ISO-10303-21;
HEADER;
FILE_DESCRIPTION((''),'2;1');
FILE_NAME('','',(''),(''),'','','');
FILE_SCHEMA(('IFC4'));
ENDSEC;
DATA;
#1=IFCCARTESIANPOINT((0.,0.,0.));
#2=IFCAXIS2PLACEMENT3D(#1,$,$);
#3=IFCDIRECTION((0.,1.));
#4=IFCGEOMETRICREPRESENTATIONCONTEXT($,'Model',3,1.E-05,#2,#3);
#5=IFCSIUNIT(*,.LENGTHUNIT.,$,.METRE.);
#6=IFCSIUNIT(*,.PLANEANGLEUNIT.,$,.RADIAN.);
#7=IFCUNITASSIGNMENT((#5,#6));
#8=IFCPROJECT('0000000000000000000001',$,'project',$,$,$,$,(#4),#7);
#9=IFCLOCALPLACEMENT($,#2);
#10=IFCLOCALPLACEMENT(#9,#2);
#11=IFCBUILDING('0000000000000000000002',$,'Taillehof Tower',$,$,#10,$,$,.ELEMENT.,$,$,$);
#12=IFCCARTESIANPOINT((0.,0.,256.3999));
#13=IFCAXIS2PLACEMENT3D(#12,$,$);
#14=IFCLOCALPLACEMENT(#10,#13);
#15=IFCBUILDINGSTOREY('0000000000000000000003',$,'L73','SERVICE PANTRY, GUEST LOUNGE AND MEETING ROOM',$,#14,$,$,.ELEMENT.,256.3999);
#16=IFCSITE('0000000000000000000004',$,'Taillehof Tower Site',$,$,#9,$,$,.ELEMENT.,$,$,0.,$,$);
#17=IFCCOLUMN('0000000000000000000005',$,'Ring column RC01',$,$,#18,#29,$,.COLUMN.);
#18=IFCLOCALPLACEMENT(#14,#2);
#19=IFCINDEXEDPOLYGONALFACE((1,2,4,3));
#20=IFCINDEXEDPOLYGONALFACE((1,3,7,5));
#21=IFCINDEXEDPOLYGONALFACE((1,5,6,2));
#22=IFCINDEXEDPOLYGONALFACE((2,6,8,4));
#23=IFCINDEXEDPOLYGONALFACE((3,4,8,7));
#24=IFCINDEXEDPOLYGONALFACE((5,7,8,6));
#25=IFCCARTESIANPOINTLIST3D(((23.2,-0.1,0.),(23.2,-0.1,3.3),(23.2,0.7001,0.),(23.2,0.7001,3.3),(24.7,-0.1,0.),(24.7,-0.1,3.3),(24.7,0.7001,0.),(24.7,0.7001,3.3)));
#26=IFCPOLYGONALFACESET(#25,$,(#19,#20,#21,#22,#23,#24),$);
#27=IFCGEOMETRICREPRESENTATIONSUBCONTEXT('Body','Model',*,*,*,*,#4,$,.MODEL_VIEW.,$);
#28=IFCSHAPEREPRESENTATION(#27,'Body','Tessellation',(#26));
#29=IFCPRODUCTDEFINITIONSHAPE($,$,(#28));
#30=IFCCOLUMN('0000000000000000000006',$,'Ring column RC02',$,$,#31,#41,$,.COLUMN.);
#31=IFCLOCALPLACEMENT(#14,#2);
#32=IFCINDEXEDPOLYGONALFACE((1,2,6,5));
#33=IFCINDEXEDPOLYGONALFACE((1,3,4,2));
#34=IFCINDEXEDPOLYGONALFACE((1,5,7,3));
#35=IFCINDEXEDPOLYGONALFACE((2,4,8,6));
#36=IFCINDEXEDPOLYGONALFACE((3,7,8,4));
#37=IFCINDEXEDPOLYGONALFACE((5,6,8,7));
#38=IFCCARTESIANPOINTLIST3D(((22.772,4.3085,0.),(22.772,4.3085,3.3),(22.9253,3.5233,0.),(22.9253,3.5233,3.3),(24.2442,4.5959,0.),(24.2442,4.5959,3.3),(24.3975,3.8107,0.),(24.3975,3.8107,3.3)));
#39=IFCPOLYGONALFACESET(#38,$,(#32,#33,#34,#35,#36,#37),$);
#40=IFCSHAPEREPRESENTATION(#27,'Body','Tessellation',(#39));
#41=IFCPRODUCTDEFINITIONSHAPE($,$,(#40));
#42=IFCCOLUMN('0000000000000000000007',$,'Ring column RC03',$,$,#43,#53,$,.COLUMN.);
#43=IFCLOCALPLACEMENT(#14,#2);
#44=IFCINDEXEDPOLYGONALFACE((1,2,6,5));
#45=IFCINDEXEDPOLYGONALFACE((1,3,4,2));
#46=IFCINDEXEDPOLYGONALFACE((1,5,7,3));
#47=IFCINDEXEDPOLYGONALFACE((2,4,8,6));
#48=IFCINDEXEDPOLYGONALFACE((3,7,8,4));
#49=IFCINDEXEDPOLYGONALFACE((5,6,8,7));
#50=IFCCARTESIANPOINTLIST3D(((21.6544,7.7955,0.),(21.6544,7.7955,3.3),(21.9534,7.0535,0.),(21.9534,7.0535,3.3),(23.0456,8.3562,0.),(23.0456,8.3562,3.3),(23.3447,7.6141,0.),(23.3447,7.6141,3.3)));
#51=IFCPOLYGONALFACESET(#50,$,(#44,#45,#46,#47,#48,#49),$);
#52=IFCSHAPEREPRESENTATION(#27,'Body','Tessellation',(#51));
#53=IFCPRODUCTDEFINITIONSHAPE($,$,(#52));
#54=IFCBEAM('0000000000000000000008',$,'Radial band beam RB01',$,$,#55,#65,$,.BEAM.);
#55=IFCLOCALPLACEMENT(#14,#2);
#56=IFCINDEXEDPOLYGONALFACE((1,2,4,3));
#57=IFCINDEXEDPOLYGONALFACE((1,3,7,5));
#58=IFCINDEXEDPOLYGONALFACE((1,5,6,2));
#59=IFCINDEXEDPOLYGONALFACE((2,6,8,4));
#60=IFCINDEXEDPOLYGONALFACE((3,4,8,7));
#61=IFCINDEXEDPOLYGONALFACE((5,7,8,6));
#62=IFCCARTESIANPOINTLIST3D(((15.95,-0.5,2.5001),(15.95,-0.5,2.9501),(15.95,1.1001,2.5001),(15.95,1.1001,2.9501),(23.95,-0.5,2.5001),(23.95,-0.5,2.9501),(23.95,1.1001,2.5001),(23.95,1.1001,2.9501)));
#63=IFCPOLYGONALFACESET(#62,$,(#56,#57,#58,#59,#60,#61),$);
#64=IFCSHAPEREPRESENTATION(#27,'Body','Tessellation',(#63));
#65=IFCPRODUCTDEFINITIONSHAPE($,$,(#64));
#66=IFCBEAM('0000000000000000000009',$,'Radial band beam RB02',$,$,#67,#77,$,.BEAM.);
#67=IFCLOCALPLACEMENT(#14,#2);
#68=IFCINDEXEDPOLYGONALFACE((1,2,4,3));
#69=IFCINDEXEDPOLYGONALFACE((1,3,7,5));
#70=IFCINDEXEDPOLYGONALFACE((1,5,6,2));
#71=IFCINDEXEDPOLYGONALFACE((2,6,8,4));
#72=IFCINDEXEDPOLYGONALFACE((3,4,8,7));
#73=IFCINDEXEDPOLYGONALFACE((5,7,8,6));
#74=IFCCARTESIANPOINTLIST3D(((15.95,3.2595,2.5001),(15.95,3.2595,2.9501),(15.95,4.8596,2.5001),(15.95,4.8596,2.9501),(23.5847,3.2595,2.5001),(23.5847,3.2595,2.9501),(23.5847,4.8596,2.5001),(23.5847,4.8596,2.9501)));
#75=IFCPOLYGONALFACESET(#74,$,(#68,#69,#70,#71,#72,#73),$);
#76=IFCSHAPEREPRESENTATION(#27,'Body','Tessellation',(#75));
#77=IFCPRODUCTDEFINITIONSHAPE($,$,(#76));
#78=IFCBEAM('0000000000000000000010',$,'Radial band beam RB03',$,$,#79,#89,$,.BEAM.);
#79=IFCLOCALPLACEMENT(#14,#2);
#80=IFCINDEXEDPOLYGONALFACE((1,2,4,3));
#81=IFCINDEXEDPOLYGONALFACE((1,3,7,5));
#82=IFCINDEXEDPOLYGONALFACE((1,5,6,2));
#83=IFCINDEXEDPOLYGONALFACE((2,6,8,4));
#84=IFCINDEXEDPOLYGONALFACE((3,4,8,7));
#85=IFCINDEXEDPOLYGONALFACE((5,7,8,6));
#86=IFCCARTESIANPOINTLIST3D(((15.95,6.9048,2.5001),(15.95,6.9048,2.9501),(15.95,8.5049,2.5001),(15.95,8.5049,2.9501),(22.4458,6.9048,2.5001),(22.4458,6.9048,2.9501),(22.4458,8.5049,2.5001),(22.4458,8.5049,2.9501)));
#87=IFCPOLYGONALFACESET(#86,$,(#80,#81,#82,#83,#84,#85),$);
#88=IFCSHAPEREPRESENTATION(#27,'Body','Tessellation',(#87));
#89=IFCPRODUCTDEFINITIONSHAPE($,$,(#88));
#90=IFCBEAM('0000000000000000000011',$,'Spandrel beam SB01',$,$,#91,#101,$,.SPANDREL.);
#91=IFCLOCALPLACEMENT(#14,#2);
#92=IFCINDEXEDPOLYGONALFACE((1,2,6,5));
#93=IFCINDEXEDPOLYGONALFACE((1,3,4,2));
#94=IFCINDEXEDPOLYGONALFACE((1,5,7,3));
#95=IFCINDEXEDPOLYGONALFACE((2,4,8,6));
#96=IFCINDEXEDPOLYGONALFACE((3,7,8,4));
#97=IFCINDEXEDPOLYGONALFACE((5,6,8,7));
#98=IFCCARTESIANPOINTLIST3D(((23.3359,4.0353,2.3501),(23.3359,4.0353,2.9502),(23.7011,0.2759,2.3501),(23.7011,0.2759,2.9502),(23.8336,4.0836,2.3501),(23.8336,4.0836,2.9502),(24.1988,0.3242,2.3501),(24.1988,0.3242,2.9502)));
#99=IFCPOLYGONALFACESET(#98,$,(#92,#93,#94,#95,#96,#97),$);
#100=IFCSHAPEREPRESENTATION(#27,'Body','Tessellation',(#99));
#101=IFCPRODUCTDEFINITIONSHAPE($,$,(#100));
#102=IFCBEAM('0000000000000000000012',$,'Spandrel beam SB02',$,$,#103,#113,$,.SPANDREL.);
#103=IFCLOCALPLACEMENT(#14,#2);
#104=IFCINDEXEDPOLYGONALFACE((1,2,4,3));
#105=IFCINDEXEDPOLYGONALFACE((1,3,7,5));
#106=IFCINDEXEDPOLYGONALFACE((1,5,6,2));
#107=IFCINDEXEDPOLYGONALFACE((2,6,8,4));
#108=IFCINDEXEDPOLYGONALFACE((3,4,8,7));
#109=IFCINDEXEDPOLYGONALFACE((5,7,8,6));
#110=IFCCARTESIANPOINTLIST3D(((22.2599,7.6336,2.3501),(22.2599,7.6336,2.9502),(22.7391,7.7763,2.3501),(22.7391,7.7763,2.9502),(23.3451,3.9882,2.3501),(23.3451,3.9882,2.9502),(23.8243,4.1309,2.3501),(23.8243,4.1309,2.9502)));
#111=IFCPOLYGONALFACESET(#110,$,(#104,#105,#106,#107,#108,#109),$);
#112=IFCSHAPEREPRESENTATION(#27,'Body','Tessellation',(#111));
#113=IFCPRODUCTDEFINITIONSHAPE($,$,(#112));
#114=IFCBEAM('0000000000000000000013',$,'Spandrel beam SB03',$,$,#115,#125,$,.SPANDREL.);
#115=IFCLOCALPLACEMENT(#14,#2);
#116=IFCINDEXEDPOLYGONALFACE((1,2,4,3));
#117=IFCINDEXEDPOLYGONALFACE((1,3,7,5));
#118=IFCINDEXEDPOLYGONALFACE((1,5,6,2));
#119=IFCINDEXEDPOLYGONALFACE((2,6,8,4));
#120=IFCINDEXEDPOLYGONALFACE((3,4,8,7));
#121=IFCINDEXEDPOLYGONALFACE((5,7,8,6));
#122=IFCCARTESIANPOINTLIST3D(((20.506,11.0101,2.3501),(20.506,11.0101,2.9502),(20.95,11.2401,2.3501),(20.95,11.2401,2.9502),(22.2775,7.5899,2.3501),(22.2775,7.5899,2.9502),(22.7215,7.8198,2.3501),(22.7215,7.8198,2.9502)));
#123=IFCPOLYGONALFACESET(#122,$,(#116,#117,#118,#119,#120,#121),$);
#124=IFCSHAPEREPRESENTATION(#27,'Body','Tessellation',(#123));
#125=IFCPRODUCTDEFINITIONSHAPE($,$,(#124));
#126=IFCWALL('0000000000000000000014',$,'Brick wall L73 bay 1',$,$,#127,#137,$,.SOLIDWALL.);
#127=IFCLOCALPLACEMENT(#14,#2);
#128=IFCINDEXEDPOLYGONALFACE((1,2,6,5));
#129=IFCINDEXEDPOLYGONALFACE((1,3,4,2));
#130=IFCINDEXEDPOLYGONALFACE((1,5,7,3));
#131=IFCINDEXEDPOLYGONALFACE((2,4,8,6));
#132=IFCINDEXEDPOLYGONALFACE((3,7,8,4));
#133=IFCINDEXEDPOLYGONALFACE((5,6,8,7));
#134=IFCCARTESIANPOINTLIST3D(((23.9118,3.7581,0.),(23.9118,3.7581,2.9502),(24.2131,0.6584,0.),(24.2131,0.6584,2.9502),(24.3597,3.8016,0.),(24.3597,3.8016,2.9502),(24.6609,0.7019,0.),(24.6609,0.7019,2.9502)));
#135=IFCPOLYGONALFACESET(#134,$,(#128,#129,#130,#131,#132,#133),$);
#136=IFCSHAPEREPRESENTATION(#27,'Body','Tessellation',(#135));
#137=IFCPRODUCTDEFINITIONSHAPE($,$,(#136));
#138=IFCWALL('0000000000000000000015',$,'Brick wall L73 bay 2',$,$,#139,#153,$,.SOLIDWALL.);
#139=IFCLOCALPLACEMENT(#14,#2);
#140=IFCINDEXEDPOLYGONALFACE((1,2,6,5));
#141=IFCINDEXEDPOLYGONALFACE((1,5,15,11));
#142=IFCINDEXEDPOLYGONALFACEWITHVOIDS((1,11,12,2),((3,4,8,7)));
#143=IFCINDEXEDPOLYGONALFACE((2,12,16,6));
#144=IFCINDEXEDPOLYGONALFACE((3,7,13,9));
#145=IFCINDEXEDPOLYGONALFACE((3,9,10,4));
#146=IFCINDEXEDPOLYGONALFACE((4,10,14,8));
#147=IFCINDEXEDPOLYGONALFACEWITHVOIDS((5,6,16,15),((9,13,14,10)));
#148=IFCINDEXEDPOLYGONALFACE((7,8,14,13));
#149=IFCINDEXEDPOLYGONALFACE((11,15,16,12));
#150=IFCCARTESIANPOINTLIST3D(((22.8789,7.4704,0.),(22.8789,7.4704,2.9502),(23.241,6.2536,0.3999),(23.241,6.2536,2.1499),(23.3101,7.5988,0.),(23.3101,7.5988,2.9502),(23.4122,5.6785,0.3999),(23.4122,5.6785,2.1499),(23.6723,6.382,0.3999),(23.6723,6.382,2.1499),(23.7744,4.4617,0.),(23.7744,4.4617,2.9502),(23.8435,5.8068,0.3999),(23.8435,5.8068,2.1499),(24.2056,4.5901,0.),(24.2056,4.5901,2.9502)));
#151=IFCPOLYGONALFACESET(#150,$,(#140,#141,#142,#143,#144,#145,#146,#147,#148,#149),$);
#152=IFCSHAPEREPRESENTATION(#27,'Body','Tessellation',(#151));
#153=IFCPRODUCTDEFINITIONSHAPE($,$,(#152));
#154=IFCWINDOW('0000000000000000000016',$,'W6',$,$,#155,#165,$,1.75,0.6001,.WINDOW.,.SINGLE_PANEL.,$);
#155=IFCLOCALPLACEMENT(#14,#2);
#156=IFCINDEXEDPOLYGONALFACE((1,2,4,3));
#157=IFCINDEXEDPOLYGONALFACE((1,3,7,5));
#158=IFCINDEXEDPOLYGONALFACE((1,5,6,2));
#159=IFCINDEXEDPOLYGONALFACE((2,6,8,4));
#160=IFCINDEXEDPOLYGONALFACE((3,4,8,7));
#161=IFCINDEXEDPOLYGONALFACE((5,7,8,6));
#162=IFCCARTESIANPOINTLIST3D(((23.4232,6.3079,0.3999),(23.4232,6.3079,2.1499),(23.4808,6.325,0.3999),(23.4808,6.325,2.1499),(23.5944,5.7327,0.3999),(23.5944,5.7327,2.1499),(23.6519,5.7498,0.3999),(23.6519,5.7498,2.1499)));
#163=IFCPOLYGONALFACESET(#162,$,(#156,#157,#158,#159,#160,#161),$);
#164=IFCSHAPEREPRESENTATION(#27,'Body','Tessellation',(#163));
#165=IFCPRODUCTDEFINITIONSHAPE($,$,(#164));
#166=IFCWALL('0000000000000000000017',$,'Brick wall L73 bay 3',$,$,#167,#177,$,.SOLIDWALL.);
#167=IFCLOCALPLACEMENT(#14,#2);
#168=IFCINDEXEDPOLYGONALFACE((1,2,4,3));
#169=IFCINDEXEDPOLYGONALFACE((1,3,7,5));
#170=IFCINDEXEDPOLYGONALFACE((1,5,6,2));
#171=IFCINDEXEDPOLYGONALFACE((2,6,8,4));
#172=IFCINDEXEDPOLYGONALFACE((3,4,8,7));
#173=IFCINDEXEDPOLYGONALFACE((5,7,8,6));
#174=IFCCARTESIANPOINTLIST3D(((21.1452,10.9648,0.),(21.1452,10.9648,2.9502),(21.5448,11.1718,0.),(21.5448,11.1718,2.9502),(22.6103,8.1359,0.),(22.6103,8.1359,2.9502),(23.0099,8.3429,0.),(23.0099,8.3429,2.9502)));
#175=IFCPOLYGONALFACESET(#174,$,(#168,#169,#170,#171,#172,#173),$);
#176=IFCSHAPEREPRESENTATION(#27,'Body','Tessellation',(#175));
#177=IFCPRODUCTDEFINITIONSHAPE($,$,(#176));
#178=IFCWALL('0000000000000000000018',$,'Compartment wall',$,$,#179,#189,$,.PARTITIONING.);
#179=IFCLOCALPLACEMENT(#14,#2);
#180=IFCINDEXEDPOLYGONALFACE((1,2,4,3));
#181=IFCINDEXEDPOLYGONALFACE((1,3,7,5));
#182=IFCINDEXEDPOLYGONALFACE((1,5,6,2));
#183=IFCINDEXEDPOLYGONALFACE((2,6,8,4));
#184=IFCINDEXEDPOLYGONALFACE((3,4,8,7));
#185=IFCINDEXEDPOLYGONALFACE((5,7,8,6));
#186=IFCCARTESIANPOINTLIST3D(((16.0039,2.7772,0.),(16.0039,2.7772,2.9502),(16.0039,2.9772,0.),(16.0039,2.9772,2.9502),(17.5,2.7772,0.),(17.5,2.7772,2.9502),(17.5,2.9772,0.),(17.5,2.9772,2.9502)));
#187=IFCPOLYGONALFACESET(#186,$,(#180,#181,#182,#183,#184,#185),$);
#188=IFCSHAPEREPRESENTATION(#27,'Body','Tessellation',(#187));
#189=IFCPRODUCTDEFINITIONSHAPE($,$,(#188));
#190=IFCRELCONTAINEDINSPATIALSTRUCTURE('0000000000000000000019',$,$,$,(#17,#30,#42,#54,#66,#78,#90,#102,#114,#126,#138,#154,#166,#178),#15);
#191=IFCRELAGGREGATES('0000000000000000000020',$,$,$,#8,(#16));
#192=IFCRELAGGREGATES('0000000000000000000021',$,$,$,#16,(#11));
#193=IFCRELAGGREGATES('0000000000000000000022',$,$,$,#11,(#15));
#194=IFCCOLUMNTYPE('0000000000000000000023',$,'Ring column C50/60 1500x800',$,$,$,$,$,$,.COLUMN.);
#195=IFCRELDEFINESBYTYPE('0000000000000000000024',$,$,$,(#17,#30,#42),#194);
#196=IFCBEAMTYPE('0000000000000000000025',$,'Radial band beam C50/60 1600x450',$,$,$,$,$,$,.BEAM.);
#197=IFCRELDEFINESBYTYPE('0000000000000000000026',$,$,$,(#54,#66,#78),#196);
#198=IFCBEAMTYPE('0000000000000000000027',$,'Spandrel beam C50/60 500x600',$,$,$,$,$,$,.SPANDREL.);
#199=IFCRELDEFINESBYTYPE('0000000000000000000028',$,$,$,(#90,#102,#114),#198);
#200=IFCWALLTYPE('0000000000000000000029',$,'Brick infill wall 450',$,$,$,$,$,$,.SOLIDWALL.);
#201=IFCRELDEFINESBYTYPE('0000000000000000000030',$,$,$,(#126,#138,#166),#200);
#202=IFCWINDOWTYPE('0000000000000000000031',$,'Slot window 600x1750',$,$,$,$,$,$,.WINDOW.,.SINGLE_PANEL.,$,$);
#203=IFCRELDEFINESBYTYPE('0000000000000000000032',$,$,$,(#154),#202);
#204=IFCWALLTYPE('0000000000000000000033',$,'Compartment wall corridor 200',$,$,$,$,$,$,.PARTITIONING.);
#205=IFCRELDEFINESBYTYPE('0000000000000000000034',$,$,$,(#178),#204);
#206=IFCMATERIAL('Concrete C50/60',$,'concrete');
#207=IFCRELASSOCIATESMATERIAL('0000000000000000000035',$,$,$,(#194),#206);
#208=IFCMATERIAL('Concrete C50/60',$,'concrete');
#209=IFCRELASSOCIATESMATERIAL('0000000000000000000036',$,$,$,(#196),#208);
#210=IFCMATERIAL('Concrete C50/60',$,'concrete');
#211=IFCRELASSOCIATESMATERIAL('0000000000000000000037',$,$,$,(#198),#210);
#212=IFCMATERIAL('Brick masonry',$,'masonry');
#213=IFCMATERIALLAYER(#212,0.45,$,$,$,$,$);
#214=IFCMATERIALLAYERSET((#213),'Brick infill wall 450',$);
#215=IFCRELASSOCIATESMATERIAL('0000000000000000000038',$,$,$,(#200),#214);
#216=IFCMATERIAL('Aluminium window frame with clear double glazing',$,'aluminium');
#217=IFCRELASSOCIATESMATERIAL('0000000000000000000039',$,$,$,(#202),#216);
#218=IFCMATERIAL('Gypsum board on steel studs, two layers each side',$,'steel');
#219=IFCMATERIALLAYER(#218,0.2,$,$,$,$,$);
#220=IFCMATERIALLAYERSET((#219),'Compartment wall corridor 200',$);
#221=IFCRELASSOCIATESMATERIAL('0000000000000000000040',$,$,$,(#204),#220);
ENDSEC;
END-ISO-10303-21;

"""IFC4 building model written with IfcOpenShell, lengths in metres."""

from ifc_helpers import new_model, si_unit, direction, frame, frame_2d, origin, origin_2d, place, context, subcontext, project, spatial, rectangle, extrude, material, layer, layer_set, material_profile, profile_set, type_object, element, fill, save


model = new_model("IFC4")

# Units and contexts
model_context = context("Model", 3, precision=1e-05, world=origin(), true_north=direction((0.0, 1.0)))
body_context = subcontext(model_context, "Body", "Model", "MODEL_VIEW")
ifc_project = project(units=[si_unit("LENGTHUNIT", "METRE"), si_unit("PLANEANGLEUNIT", "RADIAN")], contexts=[model_context])

# Site, building, storey
site_placement = place(None, origin())
site = spatial("IfcSite", under=ifc_project, at=site_placement, Name="Taillehof Tower Site", CompositionType="ELEMENT", RefElevation=0.0)
building_placement = place(site_placement, origin())
building = spatial("IfcBuilding", under=site, at=building_placement, Name="Taillehof Tower", CompositionType="ELEMENT")
storey_placement = place(building_placement, frame((0.0, 0.0, 256.3999)))
storey = spatial("IfcBuildingStorey", under=building, at=storey_placement, Name="L73", Description="SERVICE PANTRY, GUEST LOUNGE AND MEETING ROOM", CompositionType="ELEMENT", Elevation=256.3999)

# Columns
ifc_material_1 = material(Name="Concrete C50/60", Category="concrete")
ifc_material_profile_1 = material_profile(ifc_material_1, rectangle(XDim=1.5, YDim=0.8, at=origin_2d()), Name="RC 1500x800")
ifc_profile_set_1 = profile_set([ifc_material_profile_1], Name="Concrete C50/60")
column_type = type_object("IfcColumnType", Name="Ring column C50/60 1500x800", PredefinedType="COLUMN", material=ifc_profile_set_1)
for number, where, z_axis, x_axis, name in (
    (1, (23.95, 0.3, 0.0), (0.0, 0.0, 1.0), (1.0, 0.0, 0.0), "Ring column RC01"),
    (2, (23.5847, 4.0596, 0.0), (0.0, 0.0, 1.0), (0.981473, 0.191602, 0.0), "Ring column RC02"),
    (3, (22.4995, 7.7048, 0.0), (0.0, 0.0, 1.0), (0.927525, 0.373762, 0.0), "Ring column RC03"),
):
    element("IfcColumn", number, at=place(storey_placement, frame(where, z_axis=z_axis, x_axis=x_axis)), inside=storey, type_object=column_type, Name=name, PredefinedType="COLUMN", context=body_context, shape_type="SweptSolid", body=[
        extrude(rectangle(XDim=1.5, YDim=0.8, at=origin_2d()), origin(), (0.0, 0.0, 1.0), 3.3),
    ])

# Beams
ifc_material_2 = material(Name="Concrete C50/60", Category="concrete")
ifc_material_profile_2 = material_profile(ifc_material_2, rectangle(XDim=1.6001, YDim=0.45, at=origin_2d()), Name="RC 1600x450")
ifc_profile_set_2 = profile_set([ifc_material_profile_2], Name="Concrete C50/60")
beam_type_1 = type_object("IfcBeamType", Name="Radial band beam C50/60 1600x450", PredefinedType="BEAM", material=ifc_profile_set_2)
beam_1_placement = place(storey_placement, frame((23.95, 0.3, 2.7251), z_axis=(-1.0, 0.0, 0.0), x_axis=(0.0, -1.0, 0.0)))
element("IfcBeam", 4, at=beam_1_placement, inside=storey, type_object=beam_type_1, Name="Radial band beam RB01", PredefinedType="BEAM", context=body_context, shape_type="SweptSolid", body=[
    extrude(rectangle(XDim=1.6001, YDim=0.45, at=origin_2d()), origin(), (0.0, 0.0, 1.0), 8.0),
])
beam_2_placement = place(storey_placement, frame((23.5847, 4.0596, 2.7251), z_axis=(-1.0, 0.0, 0.0), x_axis=(0.0, -1.0, 0.0)))
element("IfcBeam", 5, at=beam_2_placement, inside=storey, type_object=beam_type_1, Name="Radial band beam RB02", PredefinedType="BEAM", context=body_context, shape_type="SweptSolid", body=[
    extrude(rectangle(XDim=1.6001, YDim=0.45, at=origin_2d()), origin(), (0.0, 0.0, 1.0), 7.6348),
])
beam_3_placement = place(storey_placement, frame((22.4458, 7.7048, 2.7251), z_axis=(-1.0, 0.0, 0.0), x_axis=(0.0, -1.0, 0.0)))
element("IfcBeam", 6, at=beam_3_placement, inside=storey, type_object=beam_type_1, Name="Radial band beam RB03", PredefinedType="BEAM", context=body_context, shape_type="SweptSolid", body=[
    extrude(rectangle(XDim=1.6001, YDim=0.45, at=origin_2d()), origin(), (0.0, 0.0, 1.0), 6.4958),
])
ifc_material_3 = material(Name="Concrete C50/60", Category="concrete")
ifc_material_profile_3 = material_profile(ifc_material_3, rectangle(XDim=0.5, YDim=0.6001, at=origin_2d()), Name="RC 500x600")
ifc_profile_set_3 = profile_set([ifc_material_profile_3], Name="Concrete C50/60")
beam_type_2 = type_object("IfcBeamType", Name="Spandrel beam C50/60 500x600", PredefinedType="SPANDREL", material=ifc_profile_set_3)
beam_4_placement = place(storey_placement, frame((23.95, 0.3, 2.6501), z_axis=(-0.096694, 0.995314, 0.0), x_axis=(-0.995314, -0.096694, 0.0)))
element("IfcBeam", 7, at=beam_4_placement, inside=storey, type_object=beam_type_2, Name="Spandrel beam SB01", PredefinedType="SPANDREL", context=body_context, shape_type="SweptSolid", body=[
    extrude(rectangle(XDim=0.5, YDim=0.6001, at=origin_2d()), origin(), (0.0, 0.0, 1.0), 3.7771),
])
beam_5_placement = place(storey_placement, frame((23.5847, 4.0596, 2.6501), z_axis=(-0.285327, 0.95843, 0.0), x_axis=(-0.95843, -0.285327, 0.0)))
element("IfcBeam", 8, at=beam_5_placement, inside=storey, type_object=beam_type_2, Name="Spandrel beam SB02", PredefinedType="SPANDREL", context=body_context, shape_type="SweptSolid", body=[
    extrude(rectangle(XDim=0.5, YDim=0.6001, at=origin_2d()), origin(), (0.0, 0.0, 1.0), 3.8035),
])
beam_6_placement = place(storey_placement, frame((22.4995, 7.7048, 2.6501), z_axis=(-0.459921, 0.88796, 0.0), x_axis=(-0.88796, -0.459921, 0.0)))
element("IfcBeam", 9, at=beam_6_placement, inside=storey, type_object=beam_type_2, Name="Spandrel beam SB03", PredefinedType="SPANDREL", context=body_context, shape_type="SweptSolid", body=[
    extrude(rectangle(XDim=0.5, YDim=0.6001, at=origin_2d()), origin(), (0.0, 0.0, 1.0), 3.8518),
])

# Wall
ifc_material_4 = material(Name="Brick masonry", Category="masonry")
ifc_layer_1 = layer(ifc_material_4, 0.45)
ifc_layer_set_1 = layer_set([ifc_layer_1], Name="Brick infill wall 450")
wall_type_1 = type_object("IfcWallType", Name="Brick infill wall 450", PredefinedType="SOLIDWALL", material=ifc_layer_set_1)
wall_1_placement = place(storey_placement, frame((24.437, 0.6802, 0.0), z_axis=(0.0, 0.0, 1.0), x_axis=(-0.09674, 0.99531, 0.0)))
element("IfcWall", 10, at=wall_1_placement, inside=storey, type_object=wall_type_1, Name="Brick wall L73 bay 1", PredefinedType="SOLIDWALL", context=body_context, shape_type="SweptSolid", body=[
    extrude(rectangle(XDim=3.1143, YDim=0.45, at=frame_2d((1.5571, 0.0))), origin(), (0.0, 0.0, 1.0), 2.9502),
])

# Wall, opening, window
wall_2_placement = place(storey_placement, frame((23.99, 4.5259, 0.0), z_axis=(0.0, 0.0, 1.0), x_axis=(-0.285264, 0.958449, 0.0)))
wall_2 = element("IfcWall", 11, at=wall_2_placement, inside=storey, type_object=wall_type_1, Name="Brick wall L73 bay 2", PredefinedType="SOLIDWALL", context=body_context, shape_type="SweptSolid", body=[
    extrude(rectangle(XDim=3.1392, YDim=0.45, at=frame_2d((1.5696, 0.0))), origin(), (0.0, 0.0, 1.0), 2.9502),
])
opening_placement = place(wall_2_placement, frame((1.2695, 0.0, 0.3999)))
opening = element("IfcOpeningElement", 12, at=opening_placement, cuts=wall_2, PredefinedType="OPENING", context=body_context, shape_type="SweptSolid", body=[
    extrude(rectangle(XDim=0.6001, YDim=1.75, at=frame_2d((0.3, 0.875))), frame((0.0, 0.2349, 0.0), z_axis=(0.0, -1.0, 0.0), x_axis=(1.0, 0.0, 0.0)), (0.0, 0.0, 1.0), 0.47),
])
ifc_material_5 = material(Name="Aluminium window frame with clear double glazing", Category="aluminium")
window_type = type_object("IfcWindowType", Name="Slot window 600x1750", PartitioningType="SINGLE_PANEL", PredefinedType="WINDOW", material=ifc_material_5)
window_placement = place(opening_placement, origin())
window = element("IfcWindow", 13, at=window_placement, inside=storey, type_object=window_type, Name="W6", OverallHeight=1.75, OverallWidth=0.6001, PartitioningType="SINGLE_PANEL", PredefinedType="WINDOW", context=body_context, shape_type="SweptSolid", body=[
    extrude(rectangle(XDim=0.6001, YDim=1.75, at=frame_2d((0.3, 0.875))), frame((0.0, 0.0349, 0.0), z_axis=(0.0, -1.0, 0.0), x_axis=(1.0, 0.0, 0.0)), (0.0, 0.0, 1.0), 0.0601),
])
fill(opening, window)

# Walls
wall_3_placement = place(storey_placement, frame((22.8101, 8.2395, 0.0), z_axis=(0.0, 0.0, 1.0), x_axis=(-0.45989, 0.887976, 0.0)))
element("IfcWall", 14, at=wall_3_placement, inside=storey, type_object=wall_type_1, Name="Brick wall L73 bay 3", PredefinedType="SOLIDWALL", context=body_context, shape_type="SweptSolid", body=[
    extrude(rectangle(XDim=3.1858, YDim=0.45, at=frame_2d((1.5928, 0.0))), origin(), (0.0, 0.0, 1.0), 2.9502),
])
ifc_material_6 = material(Name="Gypsum board on steel studs, two layers each side", Category="steel")
ifc_layer_2 = layer(ifc_material_6, 0.2)
ifc_layer_set_2 = layer_set([ifc_layer_2], Name="Compartment wall corridor 200")
wall_type_2 = type_object("IfcWallType", Name="Compartment wall corridor 200", PredefinedType="PARTITIONING", material=ifc_layer_set_2)
wall_4_placement = place(storey_placement, frame((17.5, 2.8772, 0.0), z_axis=(0.0, 0.0, 1.0), x_axis=(-1.0, 0.0, 0.0)))
element("IfcWall", 15, at=wall_4_placement, inside=storey, type_object=wall_type_2, Name="Compartment wall", PredefinedType="PARTITIONING", context=body_context, shape_type="SweptSolid", body=[
    extrude(rectangle(XDim=1.4961, YDim=0.2, at=frame_2d((0.748, 0.0))), origin(), (0.0, 0.0, 1.0), 2.9502),
])

save(model, "model.ifc")
